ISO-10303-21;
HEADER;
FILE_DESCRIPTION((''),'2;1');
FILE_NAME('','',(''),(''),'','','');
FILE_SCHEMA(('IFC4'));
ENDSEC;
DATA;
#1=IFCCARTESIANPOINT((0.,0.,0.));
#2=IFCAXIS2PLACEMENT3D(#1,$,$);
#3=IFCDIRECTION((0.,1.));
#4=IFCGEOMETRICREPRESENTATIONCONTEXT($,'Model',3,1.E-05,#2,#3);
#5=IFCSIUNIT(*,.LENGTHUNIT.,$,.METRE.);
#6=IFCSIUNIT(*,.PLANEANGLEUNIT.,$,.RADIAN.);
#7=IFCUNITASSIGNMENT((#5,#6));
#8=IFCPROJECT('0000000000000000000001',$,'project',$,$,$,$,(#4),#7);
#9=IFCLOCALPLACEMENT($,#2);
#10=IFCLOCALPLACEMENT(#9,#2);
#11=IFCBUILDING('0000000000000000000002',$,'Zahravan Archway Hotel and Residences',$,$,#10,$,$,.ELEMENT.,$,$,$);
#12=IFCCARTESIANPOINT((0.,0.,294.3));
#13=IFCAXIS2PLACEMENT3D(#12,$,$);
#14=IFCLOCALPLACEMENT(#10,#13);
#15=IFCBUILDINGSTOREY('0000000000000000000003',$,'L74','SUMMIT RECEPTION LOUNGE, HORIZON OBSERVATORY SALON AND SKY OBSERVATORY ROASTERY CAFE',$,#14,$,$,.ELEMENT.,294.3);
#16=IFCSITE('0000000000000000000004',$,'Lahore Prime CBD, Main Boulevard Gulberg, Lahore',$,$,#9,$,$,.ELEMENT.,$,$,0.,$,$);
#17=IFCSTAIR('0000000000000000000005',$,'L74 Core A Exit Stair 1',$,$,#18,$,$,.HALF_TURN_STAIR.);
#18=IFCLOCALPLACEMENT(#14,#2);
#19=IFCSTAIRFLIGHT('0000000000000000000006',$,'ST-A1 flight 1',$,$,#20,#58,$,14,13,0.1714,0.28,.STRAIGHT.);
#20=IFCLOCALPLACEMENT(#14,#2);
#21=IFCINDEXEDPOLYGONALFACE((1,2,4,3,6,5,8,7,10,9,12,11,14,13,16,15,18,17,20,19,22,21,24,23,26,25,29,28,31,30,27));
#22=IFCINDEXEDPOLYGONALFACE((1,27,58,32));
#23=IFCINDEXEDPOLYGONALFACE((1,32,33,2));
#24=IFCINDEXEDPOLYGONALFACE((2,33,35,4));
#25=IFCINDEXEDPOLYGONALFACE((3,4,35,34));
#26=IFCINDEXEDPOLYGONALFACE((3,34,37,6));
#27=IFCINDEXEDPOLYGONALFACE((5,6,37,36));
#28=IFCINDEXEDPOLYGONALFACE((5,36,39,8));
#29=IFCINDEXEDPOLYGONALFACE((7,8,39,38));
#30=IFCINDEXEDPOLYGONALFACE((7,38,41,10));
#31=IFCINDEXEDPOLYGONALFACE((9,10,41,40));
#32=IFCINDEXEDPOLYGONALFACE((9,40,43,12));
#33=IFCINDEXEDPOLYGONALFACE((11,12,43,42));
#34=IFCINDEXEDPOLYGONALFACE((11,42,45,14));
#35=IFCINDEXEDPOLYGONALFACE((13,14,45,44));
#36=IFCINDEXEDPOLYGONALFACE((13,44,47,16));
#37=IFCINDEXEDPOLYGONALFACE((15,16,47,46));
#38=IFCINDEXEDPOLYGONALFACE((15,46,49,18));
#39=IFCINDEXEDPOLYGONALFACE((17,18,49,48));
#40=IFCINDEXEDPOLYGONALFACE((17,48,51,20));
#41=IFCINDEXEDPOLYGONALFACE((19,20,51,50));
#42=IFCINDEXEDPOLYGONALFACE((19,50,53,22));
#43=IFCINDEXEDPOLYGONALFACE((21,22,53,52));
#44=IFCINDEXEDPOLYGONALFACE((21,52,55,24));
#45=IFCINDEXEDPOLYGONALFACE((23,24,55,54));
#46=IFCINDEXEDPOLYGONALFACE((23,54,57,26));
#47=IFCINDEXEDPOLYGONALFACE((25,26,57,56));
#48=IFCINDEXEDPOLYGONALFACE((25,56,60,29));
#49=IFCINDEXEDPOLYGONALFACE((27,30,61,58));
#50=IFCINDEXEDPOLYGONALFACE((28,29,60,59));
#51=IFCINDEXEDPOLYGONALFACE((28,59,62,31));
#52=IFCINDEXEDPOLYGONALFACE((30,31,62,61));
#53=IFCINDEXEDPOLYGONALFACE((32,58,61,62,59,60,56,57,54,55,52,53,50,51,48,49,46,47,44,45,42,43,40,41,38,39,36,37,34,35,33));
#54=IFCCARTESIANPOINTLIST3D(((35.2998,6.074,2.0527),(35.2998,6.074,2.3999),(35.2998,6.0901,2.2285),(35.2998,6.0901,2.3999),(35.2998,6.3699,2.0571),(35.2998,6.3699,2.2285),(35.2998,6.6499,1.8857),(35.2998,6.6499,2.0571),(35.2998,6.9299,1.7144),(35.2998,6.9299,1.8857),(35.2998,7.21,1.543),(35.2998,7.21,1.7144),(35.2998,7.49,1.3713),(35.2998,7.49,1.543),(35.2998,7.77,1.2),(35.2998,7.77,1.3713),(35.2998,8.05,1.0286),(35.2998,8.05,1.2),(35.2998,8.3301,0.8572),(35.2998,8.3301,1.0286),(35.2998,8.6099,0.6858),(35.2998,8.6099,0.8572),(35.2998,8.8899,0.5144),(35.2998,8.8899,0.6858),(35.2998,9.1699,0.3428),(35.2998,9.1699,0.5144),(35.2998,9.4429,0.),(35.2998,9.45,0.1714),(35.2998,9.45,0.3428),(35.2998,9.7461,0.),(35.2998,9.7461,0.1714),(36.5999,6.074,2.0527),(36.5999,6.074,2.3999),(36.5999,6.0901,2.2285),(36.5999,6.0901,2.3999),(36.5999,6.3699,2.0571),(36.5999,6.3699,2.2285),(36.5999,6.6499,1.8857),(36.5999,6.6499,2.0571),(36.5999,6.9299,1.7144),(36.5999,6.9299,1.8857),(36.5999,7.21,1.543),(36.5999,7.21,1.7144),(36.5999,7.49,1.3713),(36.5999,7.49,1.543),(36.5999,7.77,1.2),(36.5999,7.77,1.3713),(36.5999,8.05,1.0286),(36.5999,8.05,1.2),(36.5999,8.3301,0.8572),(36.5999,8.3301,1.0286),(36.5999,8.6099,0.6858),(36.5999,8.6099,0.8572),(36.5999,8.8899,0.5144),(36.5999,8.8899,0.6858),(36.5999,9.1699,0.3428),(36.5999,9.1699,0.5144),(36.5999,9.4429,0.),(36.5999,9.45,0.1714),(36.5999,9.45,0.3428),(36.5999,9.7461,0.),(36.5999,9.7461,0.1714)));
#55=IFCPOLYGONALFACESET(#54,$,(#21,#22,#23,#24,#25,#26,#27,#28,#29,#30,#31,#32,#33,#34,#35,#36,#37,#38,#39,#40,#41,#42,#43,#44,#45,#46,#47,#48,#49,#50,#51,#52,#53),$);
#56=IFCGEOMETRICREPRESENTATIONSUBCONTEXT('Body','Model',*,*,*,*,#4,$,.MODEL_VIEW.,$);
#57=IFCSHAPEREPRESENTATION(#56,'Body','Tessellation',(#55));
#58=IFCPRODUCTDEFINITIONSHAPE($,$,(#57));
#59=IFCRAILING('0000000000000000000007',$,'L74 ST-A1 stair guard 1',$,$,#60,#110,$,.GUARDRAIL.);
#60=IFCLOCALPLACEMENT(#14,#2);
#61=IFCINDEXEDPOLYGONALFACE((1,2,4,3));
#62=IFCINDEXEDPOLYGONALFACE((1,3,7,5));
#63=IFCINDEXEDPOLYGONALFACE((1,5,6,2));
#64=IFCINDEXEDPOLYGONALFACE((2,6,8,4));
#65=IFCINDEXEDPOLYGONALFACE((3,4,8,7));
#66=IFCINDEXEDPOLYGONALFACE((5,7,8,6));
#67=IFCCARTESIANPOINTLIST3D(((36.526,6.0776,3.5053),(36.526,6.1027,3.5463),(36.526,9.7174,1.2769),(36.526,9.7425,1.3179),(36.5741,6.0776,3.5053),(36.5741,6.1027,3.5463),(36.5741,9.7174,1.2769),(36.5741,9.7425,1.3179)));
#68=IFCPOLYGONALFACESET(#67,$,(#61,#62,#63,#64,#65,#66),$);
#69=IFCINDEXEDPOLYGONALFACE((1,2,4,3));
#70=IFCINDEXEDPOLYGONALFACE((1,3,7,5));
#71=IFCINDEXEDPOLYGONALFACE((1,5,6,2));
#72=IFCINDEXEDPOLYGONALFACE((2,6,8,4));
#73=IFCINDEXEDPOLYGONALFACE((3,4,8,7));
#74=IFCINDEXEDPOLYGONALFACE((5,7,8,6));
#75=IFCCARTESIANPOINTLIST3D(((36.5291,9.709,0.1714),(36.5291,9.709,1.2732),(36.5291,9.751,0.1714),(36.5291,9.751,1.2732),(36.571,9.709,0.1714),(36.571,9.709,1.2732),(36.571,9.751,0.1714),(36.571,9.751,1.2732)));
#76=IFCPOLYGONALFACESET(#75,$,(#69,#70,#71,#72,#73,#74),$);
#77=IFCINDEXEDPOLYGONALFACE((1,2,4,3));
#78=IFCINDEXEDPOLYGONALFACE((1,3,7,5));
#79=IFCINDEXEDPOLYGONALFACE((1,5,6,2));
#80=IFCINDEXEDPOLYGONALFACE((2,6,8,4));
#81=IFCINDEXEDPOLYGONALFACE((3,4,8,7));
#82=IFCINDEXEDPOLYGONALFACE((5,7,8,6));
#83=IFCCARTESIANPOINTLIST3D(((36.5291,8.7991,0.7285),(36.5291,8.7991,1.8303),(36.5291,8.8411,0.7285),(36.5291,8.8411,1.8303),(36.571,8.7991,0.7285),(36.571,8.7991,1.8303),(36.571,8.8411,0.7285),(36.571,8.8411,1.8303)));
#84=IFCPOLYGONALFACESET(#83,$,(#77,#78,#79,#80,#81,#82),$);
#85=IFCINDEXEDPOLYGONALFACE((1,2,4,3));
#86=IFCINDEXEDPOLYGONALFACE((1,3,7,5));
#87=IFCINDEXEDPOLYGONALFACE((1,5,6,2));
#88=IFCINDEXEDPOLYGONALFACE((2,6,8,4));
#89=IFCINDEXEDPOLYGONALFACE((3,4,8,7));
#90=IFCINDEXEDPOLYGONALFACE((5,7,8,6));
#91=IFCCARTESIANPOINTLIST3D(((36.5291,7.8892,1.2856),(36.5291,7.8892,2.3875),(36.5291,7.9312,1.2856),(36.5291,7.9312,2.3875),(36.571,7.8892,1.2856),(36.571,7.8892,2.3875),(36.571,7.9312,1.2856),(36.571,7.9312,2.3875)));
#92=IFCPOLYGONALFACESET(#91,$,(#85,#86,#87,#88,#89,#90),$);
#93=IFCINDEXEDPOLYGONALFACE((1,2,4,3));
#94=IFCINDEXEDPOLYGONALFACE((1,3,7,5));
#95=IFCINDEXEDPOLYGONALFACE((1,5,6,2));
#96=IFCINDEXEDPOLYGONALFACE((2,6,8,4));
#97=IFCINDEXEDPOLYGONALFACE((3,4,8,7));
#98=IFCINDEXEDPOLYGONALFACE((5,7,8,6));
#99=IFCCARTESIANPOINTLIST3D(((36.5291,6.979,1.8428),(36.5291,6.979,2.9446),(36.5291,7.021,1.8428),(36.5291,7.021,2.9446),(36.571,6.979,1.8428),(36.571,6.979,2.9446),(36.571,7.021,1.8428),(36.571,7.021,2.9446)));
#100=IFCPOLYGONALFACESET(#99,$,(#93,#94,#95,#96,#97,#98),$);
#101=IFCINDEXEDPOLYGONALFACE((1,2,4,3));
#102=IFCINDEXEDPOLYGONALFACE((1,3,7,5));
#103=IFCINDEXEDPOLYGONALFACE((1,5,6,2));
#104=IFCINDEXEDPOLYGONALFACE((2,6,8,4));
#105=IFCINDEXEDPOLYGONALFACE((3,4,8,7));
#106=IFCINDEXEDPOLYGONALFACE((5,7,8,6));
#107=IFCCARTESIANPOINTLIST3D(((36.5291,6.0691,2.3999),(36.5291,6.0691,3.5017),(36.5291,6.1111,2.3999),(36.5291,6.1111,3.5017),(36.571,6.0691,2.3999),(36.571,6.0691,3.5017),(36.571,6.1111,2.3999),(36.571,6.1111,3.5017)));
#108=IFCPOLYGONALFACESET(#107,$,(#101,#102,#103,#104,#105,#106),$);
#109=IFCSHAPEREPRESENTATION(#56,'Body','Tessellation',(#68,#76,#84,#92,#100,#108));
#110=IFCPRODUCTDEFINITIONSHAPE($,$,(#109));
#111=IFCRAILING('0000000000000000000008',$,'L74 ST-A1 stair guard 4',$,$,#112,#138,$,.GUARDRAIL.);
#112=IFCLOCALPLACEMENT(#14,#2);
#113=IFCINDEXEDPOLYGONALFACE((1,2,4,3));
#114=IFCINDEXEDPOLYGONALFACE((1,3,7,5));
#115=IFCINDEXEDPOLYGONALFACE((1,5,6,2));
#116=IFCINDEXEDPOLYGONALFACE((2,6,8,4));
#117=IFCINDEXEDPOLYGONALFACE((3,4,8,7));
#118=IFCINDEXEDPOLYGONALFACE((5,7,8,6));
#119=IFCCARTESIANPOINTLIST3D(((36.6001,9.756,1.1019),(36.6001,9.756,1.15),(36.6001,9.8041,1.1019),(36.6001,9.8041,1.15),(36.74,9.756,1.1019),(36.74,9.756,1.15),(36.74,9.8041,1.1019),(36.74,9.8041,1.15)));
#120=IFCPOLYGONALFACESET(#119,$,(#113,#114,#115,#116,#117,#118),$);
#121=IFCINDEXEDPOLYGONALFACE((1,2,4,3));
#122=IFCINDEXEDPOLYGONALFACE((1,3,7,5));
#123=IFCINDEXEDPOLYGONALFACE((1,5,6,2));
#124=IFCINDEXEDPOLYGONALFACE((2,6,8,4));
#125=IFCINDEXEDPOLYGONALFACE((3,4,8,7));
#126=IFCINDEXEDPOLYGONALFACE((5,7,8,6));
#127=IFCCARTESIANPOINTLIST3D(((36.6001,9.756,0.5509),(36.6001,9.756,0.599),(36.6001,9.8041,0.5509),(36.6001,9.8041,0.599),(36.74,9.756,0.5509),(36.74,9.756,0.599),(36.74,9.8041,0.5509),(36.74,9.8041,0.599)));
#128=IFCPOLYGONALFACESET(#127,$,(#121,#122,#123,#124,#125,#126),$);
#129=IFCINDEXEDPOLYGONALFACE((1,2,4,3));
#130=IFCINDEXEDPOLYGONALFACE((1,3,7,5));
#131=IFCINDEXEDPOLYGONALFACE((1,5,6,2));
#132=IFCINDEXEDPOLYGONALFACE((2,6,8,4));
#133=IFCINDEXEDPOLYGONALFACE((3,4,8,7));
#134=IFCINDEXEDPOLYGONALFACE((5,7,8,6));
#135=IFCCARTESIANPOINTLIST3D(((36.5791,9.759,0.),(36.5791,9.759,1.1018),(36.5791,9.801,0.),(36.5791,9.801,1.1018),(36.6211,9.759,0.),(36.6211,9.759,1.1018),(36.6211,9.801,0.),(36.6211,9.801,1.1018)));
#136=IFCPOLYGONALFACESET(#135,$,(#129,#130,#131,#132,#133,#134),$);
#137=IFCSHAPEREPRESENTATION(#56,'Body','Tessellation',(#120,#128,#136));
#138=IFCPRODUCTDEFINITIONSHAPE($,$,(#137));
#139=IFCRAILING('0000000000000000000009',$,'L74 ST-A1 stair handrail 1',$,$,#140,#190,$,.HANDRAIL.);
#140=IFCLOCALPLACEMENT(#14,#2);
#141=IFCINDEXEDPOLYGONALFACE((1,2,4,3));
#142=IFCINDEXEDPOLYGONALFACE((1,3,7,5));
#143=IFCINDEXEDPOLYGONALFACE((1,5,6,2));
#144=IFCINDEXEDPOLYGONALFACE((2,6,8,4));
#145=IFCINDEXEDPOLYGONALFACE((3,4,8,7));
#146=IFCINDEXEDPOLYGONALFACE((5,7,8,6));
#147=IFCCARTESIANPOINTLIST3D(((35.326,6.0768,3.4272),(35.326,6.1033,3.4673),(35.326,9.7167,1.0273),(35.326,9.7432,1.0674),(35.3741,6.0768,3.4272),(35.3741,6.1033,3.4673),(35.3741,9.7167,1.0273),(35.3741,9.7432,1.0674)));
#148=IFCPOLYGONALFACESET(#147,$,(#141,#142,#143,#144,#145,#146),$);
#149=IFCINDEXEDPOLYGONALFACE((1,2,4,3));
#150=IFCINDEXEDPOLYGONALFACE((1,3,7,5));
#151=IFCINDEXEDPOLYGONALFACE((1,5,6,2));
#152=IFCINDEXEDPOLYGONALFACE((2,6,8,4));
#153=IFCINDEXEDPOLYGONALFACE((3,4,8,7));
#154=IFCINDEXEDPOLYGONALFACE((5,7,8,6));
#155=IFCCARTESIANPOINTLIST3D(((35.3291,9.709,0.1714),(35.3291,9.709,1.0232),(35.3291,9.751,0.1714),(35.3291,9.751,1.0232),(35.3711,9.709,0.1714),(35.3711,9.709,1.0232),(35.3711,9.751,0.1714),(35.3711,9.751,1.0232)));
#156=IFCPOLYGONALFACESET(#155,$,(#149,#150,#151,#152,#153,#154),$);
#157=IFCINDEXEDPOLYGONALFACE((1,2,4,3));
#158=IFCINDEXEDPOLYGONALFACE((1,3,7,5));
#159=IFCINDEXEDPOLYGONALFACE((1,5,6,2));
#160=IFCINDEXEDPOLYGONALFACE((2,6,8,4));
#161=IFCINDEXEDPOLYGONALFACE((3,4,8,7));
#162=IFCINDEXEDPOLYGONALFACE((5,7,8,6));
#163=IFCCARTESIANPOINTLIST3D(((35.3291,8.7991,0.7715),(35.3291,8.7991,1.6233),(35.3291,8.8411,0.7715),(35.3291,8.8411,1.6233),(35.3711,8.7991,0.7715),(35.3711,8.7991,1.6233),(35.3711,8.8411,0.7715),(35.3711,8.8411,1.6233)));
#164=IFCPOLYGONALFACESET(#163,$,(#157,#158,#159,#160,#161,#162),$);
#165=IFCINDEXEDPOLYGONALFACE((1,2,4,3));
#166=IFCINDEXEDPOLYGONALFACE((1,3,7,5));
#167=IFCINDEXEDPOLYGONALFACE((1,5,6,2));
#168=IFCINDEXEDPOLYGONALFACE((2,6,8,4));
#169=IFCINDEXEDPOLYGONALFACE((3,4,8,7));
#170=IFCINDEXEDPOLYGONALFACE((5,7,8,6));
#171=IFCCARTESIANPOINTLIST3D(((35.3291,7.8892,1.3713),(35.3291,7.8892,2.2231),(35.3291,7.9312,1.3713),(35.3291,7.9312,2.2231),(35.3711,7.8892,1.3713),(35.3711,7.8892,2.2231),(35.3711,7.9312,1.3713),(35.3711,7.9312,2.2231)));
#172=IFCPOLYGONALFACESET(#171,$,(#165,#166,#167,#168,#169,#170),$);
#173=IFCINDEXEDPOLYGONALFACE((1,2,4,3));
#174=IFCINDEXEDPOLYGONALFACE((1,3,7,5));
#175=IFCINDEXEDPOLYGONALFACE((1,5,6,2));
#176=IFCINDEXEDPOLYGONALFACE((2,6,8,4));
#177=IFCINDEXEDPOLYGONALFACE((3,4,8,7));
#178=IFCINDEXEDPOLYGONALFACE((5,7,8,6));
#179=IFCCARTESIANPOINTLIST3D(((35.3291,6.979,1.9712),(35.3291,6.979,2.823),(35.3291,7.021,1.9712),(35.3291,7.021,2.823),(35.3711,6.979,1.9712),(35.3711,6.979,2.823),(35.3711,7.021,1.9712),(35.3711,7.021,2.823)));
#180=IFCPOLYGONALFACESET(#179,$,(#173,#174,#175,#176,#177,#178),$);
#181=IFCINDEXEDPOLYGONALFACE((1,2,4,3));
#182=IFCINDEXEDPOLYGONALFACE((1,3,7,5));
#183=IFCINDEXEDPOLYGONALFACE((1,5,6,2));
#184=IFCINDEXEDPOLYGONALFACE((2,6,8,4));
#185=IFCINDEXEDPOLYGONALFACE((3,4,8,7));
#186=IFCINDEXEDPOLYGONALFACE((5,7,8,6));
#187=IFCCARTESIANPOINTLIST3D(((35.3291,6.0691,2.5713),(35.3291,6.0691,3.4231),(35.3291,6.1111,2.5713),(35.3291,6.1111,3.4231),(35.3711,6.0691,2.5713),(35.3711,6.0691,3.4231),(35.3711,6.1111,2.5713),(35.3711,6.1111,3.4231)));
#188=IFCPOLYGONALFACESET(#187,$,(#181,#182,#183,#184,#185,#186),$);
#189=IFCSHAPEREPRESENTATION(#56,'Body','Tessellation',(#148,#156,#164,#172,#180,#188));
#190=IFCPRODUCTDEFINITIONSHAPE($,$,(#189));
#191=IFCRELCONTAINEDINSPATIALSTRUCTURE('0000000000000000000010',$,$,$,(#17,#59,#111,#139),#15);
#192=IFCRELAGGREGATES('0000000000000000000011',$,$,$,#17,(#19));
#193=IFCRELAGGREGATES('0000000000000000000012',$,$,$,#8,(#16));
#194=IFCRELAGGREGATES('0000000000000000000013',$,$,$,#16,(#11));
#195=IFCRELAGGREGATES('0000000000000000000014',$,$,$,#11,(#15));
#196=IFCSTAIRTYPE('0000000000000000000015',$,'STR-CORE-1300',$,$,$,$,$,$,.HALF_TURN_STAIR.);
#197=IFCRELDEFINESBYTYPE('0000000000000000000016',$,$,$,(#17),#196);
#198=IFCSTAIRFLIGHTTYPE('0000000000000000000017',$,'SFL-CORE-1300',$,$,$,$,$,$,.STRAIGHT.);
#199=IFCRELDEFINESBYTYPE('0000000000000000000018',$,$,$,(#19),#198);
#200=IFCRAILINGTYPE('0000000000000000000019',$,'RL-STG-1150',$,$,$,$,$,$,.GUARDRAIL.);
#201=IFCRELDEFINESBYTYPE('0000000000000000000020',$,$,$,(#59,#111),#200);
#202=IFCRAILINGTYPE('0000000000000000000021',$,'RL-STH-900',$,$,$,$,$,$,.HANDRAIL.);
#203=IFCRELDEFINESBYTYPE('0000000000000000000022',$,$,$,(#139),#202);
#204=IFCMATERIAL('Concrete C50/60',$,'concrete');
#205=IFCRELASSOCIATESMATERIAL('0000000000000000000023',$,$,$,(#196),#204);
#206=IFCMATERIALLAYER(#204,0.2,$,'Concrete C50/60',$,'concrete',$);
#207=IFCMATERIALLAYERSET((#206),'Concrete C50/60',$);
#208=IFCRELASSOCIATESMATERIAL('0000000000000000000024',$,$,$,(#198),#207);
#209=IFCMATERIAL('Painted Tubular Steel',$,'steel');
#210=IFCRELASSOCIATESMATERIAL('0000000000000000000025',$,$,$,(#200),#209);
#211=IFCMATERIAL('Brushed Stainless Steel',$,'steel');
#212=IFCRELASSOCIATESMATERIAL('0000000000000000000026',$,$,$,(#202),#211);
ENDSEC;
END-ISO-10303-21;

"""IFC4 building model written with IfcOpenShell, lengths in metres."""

from ifc_helpers import new_model, si_unit, direction, frame, origin, origin_2d, place, context, subcontext, project, spatial, polyline, rectangle, outline, extrude, source, transform, mapped, material, layer, layer_set, type_object, element, aggregate, save


model = new_model("IFC4")

# Units and contexts
model_context = context("Model", 3, precision=1e-05, world=origin(), true_north=direction((0.0, 1.0)))
body_context = subcontext(model_context, "Body", "Model", "MODEL_VIEW")
ifc_project = project(units=[si_unit("LENGTHUNIT", "METRE"), si_unit("PLANEANGLEUNIT", "RADIAN")], contexts=[model_context])

# Site, building, storey
site_placement = place(None, origin())
site = spatial("IfcSite", under=ifc_project, at=site_placement, Name="Lahore Prime CBD, Main Boulevard Gulberg, Lahore", CompositionType="ELEMENT", RefElevation=0.0)
building_placement = place(site_placement, origin())
building = spatial("IfcBuilding", under=site, at=building_placement, Name="Zahravan Archway Hotel and Residences", CompositionType="ELEMENT")
storey_placement = place(building_placement, frame((0.0, 0.0, 294.3)))
storey = spatial("IfcBuildingStorey", under=building, at=storey_placement, Name="L74", Description="SUMMIT RECEPTION LOUNGE, HORIZON OBSERVATORY SALON AND SKY OBSERVATORY ROASTERY CAFE", CompositionType="ELEMENT", Elevation=294.3)

# Shared definitions
ifc_material_1 = material(Name="Concrete C50/60", Category="concrete")

# Shared definitions
ifc_material_2 = material(Name="Brushed Stainless Steel", Category="steel")

# Stair, stair flight
stair_type = type_object("IfcStairType", Name="STR-CORE-1300", PredefinedType="HALF_TURN_STAIR", material=ifc_material_1)
stair_placement = place(storey_placement, origin())
stair = element("IfcStair", 1, at=stair_placement, inside=storey, type_object=stair_type, Name="L74 Core A Exit Stair 1", PredefinedType="HALF_TURN_STAIR")
ifc_layer_1 = layer(ifc_material_1, 0.2, Name="Concrete C50/60", Category="concrete")
ifc_layer_set_1 = layer_set([ifc_layer_1], Name="Concrete C50/60")
stair_flight_type = type_object("IfcStairFlightType", Name="SFL-CORE-1300", PredefinedType="STRAIGHT", material=ifc_layer_set_1)
shared_shape_1 = source(origin(), body_context, "Body", "SweptSolid", [
    extrude(outline(polyline([(-0.0161, 0.0), (-0.0161, 0.1714), (0.28, 0.1714), (0.28, 0.3428), (0.5601, 0.3428), (0.5601, 0.5144), (0.8401, 0.5144), (0.8401, 0.6858), (1.1201, 0.6858), (1.1201, 0.8572), (1.3999, 0.8572), (1.3999, 1.0286), (1.6799, 1.0286), (1.6799, 1.2), (1.96, 1.2), (1.96, 1.3713), (2.24, 1.3713), (2.24, 1.543), (2.52, 1.543), (2.52, 1.7144), (2.8, 1.7144), (2.8, 1.8857), (3.0801, 1.8857), (3.0801, 2.0571), (3.3601, 2.0571), (3.3601, 2.2285), (3.6399, 2.2285), (3.6399, 2.3999), (3.656, 2.3999), (3.656, 2.0527), (0.2871, 0.0), (-0.0161, 0.0)])), frame((0.0, 0.6499, 0.0), z_axis=(0.0, -1.0, 0.0), x_axis=(1.0, 0.0, 0.0)), (0.0, 0.0, 1.0), 1.3),
])
stair_flight_placement = place(storey_placement, frame((35.95, 9.73, 0.0), z_axis=(0.0, 0.0, 1.0), x_axis=(0.0, -1.0, 0.0)))
stair_flight = element("IfcStairFlight", 2, at=stair_flight_placement, type_object=stair_flight_type, Name="ST-A1 flight 1", NumberOfRisers=14, NumberOfTreads=13, PredefinedType="STRAIGHT", RiserHeight=0.1714, TreadLength=0.28, context=body_context, shape_type="MappedRepresentation", body=[
    mapped(shared_shape_1, transform((0.0, 0.0, 0.0), scale=1.0)),
])
aggregate(stair, [stair_flight])

# Railings
ifc_material_3 = material(Name="Painted Tubular Steel", Category="steel")
railing_type_1 = type_object("IfcRailingType", Name="RL-STG-1150", PredefinedType="GUARDRAIL", material=ifc_material_3)
railing_1_placement = place(storey_placement, frame((36.55, 9.73, 0.1714)))
element("IfcRailing", 3, at=railing_1_placement, inside=storey, type_object=railing_type_1, Name="L74 ST-A1 stair guard 1", PredefinedType="GUARDRAIL", context=body_context, shape_type="SweptSolid", body=[
    extrude(rectangle(XDim=0.0481, YDim=0.0481, at=origin_2d()), frame((0.0, 0.0, 1.126), z_axis=(0.0, -0.85285, 0.522156), x_axis=(1.0, 0.0, 0.0)), (0.0, 0.0, 1.0), 4.2678),
    extrude(rectangle(XDim=0.042, YDim=0.042, at=origin_2d()), origin(), (0.0, 0.0, 1.0), 1.1018),
    extrude(rectangle(XDim=0.042, YDim=0.042, at=origin_2d()), frame((0.0, -0.9099, 0.5571)), (0.0, 0.0, 1.0), 1.1018),
    extrude(rectangle(XDim=0.042, YDim=0.042, at=origin_2d()), frame((0.0, -1.8198, 1.1143)), (0.0, 0.0, 1.0), 1.1018),
    extrude(rectangle(XDim=0.042, YDim=0.042, at=origin_2d()), frame((0.0, -2.73, 1.6714)), (0.0, 0.0, 1.0), 1.1018),
    extrude(rectangle(XDim=0.042, YDim=0.042, at=origin_2d()), frame((0.0, -3.6399, 2.2285)), (0.0, 0.0, 1.0), 1.1018),
])
railing_2_placement = place(storey_placement, frame((36.6001, 9.78, 0.0)))
element("IfcRailing", 4, at=railing_2_placement, inside=storey, type_object=railing_type_1, Name="L74 ST-A1 stair guard 4", PredefinedType="GUARDRAIL", context=body_context, shape_type="SweptSolid", body=[
    extrude(rectangle(XDim=0.0481, YDim=0.0481, at=origin_2d()), frame((0.0, 0.0, 1.126), z_axis=(1.0, 0.0, 0.0), x_axis=(0.0, 1.0, 0.0)), (0.0, 0.0, 1.0), 0.1399),
    extrude(rectangle(XDim=0.0481, YDim=0.0481, at=origin_2d()), frame((0.0, 0.0, 0.575), z_axis=(1.0, 0.0, 0.0), x_axis=(0.0, 1.0, 0.0)), (0.0, 0.0, 1.0), 0.1399),
    extrude(rectangle(XDim=0.042, YDim=0.042, at=origin_2d()), origin(), (0.0, 0.0, 1.0), 1.1018),
])
railing_type_2 = type_object("IfcRailingType", Name="RL-STH-900", PredefinedType="HANDRAIL", material=ifc_material_2)
railing_3_placement = place(storey_placement, frame((35.3501, 9.73, 0.1714)))
element("IfcRailing", 5, at=railing_3_placement, inside=storey, type_object=railing_type_2, Name="L74 ST-A1 stair handrail 1", PredefinedType="HANDRAIL", context=body_context, shape_type="SweptSolid", body=[
    extrude(rectangle(XDim=0.0481, YDim=0.0481, at=origin_2d()), frame((0.0, 0.0, 0.876), z_axis=(0.0, -0.834865, 0.550454), x_axis=(1.0, 0.0, 0.0)), (0.0, 0.0, 1.0), 4.3599),
    extrude(rectangle(XDim=0.042, YDim=0.042, at=origin_2d()), origin(), (0.0, 0.0, 1.0), 0.8518),
    extrude(rectangle(XDim=0.042, YDim=0.042, at=origin_2d()), frame((0.0, -0.9099, 0.6001)), (0.0, 0.0, 1.0), 0.8518),
    extrude(rectangle(XDim=0.042, YDim=0.042, at=origin_2d()), frame((0.0, -1.8198, 1.2)), (0.0, 0.0, 1.0), 0.8518),
    extrude(rectangle(XDim=0.042, YDim=0.042, at=origin_2d()), frame((0.0, -2.73, 1.7998)), (0.0, 0.0, 1.0), 0.8518),
    extrude(rectangle(XDim=0.042, YDim=0.042, at=origin_2d()), frame((0.0, -3.6399, 2.3999)), (0.0, 0.0, 1.0), 0.8518),
])

save(model, "model.ifc")
